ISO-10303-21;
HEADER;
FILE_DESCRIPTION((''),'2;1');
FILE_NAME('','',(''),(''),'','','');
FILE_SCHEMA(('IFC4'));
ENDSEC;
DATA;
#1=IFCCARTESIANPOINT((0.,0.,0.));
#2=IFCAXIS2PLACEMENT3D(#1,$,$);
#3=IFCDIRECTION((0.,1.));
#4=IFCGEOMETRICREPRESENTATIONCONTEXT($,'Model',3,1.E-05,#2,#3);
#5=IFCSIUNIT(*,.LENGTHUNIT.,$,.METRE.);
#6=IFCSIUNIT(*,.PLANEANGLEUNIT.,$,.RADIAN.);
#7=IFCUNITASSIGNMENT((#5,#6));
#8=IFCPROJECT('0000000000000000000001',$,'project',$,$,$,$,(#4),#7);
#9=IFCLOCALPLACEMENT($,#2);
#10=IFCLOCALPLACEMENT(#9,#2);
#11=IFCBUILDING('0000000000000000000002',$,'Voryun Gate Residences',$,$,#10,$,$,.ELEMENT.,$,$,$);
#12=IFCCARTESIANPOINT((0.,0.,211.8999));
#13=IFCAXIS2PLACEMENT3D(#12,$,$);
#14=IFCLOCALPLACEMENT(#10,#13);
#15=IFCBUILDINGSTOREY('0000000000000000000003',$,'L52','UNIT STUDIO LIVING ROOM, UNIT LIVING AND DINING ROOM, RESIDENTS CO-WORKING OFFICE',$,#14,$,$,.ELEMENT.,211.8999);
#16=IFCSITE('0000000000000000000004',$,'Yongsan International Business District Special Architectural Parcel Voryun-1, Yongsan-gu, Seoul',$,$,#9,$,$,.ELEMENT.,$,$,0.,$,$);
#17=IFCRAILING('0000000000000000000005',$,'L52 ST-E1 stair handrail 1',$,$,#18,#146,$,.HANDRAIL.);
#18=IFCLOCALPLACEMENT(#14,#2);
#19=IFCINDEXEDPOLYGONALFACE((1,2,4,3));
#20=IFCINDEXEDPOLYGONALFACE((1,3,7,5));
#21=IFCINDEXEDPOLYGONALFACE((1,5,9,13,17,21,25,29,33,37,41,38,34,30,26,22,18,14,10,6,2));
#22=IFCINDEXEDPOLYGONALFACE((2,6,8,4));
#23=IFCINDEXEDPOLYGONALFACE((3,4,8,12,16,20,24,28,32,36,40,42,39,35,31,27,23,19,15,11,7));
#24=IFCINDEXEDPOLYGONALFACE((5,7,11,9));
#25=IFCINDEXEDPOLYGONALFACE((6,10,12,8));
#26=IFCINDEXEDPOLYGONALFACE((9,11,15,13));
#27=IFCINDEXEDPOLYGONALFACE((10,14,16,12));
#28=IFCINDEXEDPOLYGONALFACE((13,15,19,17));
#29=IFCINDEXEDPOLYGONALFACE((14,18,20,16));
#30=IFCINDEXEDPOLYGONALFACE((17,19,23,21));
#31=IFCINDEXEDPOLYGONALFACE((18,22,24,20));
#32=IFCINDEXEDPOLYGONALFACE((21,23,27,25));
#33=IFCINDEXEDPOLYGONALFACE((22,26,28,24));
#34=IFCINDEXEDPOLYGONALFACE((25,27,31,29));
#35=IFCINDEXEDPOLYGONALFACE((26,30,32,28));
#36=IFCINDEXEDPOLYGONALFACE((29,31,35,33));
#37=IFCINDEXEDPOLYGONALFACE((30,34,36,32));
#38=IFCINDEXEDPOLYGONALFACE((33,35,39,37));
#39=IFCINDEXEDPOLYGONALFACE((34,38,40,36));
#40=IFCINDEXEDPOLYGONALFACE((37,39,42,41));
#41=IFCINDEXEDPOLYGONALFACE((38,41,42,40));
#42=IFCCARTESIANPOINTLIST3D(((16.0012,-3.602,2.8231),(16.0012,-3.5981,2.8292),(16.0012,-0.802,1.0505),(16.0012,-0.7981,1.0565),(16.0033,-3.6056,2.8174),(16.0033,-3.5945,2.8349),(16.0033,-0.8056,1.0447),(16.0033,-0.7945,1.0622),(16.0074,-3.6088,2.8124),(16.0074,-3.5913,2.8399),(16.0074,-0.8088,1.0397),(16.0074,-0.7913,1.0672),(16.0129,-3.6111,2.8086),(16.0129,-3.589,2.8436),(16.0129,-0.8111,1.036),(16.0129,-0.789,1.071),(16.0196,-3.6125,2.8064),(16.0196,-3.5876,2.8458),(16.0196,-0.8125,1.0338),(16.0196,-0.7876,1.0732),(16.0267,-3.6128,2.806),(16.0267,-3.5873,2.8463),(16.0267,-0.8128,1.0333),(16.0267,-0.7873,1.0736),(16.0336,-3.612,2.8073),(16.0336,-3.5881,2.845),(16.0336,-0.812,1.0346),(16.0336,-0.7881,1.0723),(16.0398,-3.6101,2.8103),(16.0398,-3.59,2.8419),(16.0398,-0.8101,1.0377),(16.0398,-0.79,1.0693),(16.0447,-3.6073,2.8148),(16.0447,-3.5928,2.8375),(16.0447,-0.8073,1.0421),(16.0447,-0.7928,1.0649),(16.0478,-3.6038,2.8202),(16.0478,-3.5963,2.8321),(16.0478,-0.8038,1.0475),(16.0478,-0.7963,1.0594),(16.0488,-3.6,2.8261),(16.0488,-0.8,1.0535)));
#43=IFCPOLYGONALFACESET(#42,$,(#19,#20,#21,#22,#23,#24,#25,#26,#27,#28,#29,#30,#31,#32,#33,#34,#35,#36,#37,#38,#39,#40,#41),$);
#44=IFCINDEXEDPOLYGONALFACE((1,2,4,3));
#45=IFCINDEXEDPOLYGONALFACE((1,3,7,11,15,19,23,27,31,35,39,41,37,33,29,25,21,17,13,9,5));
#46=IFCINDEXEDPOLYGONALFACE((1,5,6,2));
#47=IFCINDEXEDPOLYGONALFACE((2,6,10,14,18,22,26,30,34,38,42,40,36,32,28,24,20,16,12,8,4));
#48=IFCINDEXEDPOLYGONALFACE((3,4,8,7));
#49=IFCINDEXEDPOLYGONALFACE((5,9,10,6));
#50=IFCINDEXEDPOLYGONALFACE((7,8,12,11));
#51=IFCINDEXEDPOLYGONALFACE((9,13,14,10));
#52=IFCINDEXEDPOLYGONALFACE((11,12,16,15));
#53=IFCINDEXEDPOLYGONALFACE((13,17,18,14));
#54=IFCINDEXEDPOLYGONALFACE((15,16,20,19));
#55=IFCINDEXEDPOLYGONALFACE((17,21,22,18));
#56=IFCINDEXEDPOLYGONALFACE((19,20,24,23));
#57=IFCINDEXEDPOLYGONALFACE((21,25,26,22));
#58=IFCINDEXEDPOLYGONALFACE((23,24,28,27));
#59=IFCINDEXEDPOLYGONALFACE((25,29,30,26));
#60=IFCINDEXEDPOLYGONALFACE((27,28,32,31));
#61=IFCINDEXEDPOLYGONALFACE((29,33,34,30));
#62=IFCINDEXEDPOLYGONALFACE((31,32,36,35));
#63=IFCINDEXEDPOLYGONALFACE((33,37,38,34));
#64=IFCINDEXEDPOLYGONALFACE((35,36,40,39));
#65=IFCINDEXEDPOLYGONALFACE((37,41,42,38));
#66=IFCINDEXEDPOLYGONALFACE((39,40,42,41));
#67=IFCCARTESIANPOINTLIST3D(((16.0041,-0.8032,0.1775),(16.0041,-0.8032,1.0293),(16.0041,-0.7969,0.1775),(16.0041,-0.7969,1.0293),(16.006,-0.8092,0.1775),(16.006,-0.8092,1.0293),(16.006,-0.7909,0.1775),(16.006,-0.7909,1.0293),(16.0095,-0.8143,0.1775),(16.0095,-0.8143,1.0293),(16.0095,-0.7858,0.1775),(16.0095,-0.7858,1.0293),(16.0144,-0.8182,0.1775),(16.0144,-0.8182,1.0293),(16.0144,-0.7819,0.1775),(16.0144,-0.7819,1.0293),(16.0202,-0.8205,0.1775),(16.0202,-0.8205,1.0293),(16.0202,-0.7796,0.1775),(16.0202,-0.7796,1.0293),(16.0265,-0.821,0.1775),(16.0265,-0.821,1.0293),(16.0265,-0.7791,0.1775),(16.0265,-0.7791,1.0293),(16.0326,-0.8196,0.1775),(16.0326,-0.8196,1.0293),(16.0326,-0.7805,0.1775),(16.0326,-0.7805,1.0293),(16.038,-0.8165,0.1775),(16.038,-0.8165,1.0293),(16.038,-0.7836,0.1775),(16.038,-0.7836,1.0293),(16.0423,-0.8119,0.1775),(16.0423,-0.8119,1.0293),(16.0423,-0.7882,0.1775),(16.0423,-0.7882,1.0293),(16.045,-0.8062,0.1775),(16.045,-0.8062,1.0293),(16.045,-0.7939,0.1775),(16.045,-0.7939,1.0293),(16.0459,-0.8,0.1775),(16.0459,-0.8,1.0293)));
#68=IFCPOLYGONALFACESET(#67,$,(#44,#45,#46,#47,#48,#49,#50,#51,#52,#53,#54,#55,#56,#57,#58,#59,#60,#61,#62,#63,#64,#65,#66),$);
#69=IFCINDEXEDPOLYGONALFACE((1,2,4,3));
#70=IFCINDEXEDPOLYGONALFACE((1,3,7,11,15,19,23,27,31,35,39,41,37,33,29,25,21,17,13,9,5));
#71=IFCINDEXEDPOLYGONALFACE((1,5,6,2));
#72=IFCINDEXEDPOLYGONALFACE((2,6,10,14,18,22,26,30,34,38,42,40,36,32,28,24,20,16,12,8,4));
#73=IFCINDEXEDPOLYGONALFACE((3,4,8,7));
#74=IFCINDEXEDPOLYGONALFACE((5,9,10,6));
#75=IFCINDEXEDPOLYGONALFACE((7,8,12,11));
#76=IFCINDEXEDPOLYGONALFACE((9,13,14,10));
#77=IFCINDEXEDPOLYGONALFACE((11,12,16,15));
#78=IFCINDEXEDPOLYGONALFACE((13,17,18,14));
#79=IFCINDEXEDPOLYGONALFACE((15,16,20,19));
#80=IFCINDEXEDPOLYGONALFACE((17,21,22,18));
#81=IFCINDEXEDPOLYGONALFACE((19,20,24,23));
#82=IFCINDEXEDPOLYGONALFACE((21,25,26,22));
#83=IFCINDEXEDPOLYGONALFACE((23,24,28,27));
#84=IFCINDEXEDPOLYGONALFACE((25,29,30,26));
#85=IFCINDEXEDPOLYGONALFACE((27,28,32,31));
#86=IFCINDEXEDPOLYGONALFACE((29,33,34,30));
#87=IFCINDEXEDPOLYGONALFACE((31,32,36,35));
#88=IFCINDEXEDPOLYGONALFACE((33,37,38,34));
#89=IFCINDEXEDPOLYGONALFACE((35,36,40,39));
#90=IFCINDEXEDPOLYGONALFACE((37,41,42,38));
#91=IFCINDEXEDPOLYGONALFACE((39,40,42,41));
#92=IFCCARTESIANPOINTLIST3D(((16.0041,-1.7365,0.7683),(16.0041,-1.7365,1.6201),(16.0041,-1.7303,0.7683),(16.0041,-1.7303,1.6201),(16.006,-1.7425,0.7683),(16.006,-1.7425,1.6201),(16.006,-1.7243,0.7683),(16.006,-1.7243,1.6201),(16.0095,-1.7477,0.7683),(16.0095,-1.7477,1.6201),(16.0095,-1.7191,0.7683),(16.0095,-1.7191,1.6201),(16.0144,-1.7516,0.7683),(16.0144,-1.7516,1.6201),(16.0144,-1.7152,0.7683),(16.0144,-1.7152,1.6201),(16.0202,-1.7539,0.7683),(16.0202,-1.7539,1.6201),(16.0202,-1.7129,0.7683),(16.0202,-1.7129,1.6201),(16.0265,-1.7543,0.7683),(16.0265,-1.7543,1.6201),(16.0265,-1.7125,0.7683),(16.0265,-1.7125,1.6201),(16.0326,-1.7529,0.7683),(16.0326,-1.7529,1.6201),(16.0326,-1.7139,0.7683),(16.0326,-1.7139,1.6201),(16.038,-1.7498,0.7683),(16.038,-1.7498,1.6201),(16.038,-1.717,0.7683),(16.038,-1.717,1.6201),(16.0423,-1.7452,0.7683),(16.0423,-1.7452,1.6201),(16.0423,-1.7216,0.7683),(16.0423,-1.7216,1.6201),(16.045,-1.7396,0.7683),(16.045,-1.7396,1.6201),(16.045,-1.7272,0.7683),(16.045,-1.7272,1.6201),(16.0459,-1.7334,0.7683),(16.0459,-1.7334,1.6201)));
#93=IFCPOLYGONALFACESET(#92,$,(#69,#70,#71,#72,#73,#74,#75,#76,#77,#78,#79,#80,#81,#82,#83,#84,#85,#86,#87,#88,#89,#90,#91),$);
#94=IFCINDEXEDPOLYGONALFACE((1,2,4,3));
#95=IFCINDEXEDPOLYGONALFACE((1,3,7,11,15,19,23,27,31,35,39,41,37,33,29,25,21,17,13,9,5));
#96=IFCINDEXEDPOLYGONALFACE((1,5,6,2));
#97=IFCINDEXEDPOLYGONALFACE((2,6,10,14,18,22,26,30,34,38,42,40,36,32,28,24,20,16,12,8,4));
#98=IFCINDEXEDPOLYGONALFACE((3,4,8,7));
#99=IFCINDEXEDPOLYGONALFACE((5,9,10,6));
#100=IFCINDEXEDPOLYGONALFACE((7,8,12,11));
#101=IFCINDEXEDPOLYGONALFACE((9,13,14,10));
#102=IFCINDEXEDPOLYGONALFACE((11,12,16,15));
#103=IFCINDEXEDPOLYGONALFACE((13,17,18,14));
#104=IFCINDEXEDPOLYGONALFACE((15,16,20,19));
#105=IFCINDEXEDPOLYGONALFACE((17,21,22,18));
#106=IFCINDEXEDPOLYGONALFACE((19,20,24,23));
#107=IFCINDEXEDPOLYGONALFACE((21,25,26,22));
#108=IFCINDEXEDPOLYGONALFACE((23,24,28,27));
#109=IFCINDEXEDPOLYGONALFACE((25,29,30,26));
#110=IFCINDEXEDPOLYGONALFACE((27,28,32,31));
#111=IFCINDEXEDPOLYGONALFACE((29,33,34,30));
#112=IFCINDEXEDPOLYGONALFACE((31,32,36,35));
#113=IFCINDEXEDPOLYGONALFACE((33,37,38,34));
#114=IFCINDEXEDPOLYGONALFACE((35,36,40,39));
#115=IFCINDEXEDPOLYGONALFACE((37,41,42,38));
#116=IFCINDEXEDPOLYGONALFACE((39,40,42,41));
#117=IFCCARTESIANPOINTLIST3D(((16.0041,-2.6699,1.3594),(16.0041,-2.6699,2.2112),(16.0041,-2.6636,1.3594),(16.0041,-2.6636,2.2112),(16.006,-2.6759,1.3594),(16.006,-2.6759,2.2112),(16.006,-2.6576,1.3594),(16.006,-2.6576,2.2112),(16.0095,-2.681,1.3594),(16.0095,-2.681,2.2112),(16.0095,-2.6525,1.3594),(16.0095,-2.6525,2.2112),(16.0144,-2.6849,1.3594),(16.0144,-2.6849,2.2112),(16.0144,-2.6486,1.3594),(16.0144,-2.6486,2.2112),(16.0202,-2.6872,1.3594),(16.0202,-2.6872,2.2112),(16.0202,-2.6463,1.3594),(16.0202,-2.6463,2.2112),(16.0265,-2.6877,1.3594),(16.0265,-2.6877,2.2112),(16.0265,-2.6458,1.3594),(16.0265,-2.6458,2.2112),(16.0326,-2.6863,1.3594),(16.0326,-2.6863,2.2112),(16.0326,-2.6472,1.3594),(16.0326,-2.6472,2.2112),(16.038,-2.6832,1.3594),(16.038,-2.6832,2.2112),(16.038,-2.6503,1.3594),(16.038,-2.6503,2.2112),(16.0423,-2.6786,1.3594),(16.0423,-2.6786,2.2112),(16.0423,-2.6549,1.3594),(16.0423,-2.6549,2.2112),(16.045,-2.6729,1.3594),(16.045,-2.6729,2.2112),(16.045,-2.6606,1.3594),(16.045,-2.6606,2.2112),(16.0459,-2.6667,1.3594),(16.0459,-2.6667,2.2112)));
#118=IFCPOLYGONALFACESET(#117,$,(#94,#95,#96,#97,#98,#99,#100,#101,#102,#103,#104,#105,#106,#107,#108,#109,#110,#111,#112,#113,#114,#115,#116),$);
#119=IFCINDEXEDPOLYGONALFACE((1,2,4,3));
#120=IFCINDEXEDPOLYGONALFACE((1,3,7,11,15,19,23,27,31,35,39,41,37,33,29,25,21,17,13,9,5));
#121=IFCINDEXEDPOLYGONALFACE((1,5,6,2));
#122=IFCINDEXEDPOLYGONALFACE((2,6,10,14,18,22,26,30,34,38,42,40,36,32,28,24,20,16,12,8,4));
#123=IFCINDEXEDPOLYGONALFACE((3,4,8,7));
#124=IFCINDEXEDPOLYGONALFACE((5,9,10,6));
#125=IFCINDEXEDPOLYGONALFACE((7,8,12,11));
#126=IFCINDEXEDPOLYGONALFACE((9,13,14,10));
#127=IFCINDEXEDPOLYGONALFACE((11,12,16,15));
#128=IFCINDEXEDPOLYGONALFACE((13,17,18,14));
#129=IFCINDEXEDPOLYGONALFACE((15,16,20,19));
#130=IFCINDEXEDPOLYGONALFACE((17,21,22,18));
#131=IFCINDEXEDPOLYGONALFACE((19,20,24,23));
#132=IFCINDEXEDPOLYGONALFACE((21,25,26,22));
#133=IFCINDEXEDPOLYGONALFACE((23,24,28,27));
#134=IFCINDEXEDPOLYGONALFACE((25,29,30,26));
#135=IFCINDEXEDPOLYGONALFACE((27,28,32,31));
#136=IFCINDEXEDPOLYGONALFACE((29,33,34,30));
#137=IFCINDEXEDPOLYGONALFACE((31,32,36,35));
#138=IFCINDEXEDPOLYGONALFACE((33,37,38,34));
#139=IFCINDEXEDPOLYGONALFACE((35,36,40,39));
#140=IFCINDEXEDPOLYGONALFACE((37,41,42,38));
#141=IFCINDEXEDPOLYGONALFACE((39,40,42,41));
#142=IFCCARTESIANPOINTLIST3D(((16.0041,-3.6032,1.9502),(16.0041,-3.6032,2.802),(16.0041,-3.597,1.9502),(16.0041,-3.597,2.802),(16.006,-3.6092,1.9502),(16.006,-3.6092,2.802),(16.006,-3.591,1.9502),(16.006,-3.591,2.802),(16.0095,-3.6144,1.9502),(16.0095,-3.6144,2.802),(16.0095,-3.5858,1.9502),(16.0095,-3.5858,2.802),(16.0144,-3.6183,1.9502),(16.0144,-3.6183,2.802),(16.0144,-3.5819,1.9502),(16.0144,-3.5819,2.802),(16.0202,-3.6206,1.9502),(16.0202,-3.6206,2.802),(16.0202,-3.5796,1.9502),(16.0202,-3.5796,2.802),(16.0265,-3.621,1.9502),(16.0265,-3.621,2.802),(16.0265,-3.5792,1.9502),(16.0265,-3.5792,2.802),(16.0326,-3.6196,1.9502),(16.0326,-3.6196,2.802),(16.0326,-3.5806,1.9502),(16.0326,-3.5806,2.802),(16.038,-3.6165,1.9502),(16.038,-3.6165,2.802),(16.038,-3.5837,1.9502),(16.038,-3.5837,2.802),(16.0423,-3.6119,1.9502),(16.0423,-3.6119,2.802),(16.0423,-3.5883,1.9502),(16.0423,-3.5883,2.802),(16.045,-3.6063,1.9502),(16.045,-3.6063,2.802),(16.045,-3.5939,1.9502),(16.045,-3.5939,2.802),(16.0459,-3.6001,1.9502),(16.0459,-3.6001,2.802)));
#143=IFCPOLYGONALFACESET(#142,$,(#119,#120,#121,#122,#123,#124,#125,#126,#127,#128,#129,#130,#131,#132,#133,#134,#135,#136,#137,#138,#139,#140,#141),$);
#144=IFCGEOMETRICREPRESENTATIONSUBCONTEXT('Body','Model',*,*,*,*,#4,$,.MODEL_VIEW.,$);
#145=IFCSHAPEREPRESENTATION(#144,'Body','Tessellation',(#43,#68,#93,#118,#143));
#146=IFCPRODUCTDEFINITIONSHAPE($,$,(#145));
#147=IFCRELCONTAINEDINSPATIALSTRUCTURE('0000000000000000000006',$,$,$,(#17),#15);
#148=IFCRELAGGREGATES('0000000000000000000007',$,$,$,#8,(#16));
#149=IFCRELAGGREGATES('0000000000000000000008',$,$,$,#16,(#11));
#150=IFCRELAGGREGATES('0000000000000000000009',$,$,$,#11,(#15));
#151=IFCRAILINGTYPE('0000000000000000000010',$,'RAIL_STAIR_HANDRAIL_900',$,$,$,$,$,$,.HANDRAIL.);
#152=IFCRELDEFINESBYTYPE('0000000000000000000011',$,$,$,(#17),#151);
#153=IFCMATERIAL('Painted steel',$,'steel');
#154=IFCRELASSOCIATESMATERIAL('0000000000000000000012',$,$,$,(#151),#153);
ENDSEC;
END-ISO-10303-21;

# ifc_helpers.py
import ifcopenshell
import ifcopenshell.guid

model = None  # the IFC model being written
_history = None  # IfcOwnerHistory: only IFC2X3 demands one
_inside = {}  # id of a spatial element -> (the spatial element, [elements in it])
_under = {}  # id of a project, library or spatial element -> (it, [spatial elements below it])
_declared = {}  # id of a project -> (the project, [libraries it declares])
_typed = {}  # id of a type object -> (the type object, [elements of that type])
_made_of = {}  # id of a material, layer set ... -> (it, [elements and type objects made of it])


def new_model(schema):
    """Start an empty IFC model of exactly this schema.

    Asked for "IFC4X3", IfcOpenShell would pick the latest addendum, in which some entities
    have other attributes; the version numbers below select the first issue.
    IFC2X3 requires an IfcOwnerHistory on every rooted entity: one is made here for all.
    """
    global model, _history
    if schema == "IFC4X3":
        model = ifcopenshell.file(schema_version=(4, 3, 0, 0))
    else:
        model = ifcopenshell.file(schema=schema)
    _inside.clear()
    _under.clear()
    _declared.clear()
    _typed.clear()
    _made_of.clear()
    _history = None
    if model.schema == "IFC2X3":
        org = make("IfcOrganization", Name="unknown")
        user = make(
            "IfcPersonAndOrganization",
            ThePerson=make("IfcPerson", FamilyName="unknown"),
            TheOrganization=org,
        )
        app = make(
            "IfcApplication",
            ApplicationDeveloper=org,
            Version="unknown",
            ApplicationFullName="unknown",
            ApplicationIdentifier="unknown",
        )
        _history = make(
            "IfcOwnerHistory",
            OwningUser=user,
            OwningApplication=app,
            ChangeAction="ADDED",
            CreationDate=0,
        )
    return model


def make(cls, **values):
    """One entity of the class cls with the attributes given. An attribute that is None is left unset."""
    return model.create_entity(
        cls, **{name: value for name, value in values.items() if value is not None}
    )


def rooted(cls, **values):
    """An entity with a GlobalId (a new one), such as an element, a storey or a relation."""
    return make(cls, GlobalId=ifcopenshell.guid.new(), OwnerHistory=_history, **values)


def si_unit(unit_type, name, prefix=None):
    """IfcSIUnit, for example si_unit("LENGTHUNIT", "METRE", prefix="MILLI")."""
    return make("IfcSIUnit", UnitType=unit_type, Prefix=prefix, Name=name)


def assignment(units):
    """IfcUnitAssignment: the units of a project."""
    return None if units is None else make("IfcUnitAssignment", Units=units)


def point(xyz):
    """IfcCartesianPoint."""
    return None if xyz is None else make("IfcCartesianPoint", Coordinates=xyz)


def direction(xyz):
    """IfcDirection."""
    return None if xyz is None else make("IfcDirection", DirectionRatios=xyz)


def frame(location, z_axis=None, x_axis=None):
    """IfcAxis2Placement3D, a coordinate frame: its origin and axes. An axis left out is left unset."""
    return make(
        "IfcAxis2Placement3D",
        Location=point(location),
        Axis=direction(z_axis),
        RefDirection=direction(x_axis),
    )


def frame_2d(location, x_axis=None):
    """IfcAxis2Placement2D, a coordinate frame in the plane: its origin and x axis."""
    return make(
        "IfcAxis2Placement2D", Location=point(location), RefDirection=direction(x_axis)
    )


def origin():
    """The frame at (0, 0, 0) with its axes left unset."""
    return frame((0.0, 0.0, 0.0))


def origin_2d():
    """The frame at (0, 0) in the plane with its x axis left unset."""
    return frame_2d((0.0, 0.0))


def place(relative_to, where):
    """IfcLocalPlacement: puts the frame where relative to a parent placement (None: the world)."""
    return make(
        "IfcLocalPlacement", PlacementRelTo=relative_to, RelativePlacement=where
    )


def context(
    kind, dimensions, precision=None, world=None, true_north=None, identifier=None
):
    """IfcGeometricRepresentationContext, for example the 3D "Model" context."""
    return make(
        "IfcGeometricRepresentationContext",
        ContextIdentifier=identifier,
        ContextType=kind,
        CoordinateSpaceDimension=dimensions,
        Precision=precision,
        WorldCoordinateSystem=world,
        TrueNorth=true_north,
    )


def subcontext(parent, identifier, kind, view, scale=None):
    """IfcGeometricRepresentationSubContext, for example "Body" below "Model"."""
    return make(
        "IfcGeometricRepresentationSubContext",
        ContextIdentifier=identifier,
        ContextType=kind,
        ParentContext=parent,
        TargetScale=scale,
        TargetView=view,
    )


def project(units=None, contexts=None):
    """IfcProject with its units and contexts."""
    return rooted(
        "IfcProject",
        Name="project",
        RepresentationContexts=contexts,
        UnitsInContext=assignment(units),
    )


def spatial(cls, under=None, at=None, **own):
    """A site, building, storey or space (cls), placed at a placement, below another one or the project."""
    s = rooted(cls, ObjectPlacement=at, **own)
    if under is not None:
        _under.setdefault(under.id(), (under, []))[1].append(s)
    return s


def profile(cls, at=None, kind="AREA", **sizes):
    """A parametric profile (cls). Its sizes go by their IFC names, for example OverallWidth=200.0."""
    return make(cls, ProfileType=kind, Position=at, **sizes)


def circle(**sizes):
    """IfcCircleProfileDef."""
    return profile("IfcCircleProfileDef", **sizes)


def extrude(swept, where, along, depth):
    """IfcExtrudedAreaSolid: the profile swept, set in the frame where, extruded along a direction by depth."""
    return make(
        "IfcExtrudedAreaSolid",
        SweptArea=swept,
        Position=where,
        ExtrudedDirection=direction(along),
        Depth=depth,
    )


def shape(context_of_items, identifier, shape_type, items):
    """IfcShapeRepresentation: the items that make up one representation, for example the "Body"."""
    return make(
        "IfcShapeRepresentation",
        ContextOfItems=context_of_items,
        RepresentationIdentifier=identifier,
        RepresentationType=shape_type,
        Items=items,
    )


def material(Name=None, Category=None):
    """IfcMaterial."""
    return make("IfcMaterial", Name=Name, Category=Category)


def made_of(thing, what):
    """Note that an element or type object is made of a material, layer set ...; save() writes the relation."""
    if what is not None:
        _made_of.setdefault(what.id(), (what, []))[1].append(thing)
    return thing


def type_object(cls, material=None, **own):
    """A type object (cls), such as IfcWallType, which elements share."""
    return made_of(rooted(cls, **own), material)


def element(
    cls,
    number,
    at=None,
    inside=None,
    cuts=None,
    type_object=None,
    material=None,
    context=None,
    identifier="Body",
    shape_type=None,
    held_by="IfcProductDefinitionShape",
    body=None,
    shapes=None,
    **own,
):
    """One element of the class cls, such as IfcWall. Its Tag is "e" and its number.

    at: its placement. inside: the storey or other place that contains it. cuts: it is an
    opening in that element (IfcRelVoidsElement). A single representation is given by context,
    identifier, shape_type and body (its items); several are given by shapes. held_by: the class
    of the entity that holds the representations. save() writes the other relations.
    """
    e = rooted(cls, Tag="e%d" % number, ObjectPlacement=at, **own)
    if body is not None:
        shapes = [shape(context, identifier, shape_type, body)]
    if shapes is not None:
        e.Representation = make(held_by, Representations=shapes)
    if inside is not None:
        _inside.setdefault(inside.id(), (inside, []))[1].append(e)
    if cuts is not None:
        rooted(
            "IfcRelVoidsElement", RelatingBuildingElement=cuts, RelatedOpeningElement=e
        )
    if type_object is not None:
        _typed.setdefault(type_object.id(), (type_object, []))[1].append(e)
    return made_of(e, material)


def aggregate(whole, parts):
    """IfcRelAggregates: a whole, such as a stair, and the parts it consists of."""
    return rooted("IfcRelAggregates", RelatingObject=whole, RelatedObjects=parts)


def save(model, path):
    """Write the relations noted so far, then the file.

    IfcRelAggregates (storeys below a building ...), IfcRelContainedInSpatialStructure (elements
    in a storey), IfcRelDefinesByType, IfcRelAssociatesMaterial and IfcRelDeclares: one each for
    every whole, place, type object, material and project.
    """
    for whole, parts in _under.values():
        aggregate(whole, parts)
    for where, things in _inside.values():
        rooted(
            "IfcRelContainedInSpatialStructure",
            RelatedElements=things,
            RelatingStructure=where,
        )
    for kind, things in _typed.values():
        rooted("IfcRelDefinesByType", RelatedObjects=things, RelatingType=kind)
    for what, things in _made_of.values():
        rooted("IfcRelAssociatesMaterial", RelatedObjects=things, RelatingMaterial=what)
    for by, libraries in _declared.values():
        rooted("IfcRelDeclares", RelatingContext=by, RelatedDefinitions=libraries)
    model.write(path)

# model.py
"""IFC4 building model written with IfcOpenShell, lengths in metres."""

from ifc_helpers import new_model, si_unit, direction, frame, origin, origin_2d, place, context, subcontext, project, spatial, circle, extrude, material, type_object, element, save


model = new_model("IFC4")

# Units and contexts
model_context = context("Model", 3, precision=1e-05, world=origin(), true_north=direction((0.0, 1.0)))
body_context = subcontext(model_context, "Body", "Model", "MODEL_VIEW")
ifc_project = project(units=[si_unit("LENGTHUNIT", "METRE"), si_unit("PLANEANGLEUNIT", "RADIAN")], contexts=[model_context])

# Site, building, storey
site_placement = place(None, origin())
site = spatial("IfcSite", under=ifc_project, at=site_placement, Name="Yongsan International Business District Special Architectural Parcel Voryun-1, Yongsan-gu, Seoul", CompositionType="ELEMENT", RefElevation=0.0)
building_placement = place(site_placement, origin())
building = spatial("IfcBuilding", under=site, at=building_placement, Name="Voryun Gate Residences", CompositionType="ELEMENT")
storey_placement = place(building_placement, frame((0.0, 0.0, 211.8999)))
storey = spatial("IfcBuildingStorey", under=building, at=storey_placement, Name="L52", Description="UNIT STUDIO LIVING ROOM, UNIT LIVING AND DINING ROOM, RESIDENTS CO-WORKING OFFICE", CompositionType="ELEMENT", Elevation=211.8999)

# Railing
ifc_material_1 = material(Name="Painted steel", Category="steel")
railing_type_1 = type_object("IfcRailingType", Name="RAIL_STAIR_HANDRAIL_900", PredefinedType="HANDRAIL", material=ifc_material_1)
railing_1_placement = place(storey_placement, frame((16.0249, -0.8, 0.1775)))
element("IfcRailing", 1, at=railing_1_placement, inside=storey, type_object=railing_type_1, Name="L52 ST-E1 stair handrail 1", PredefinedType="HANDRAIL", context=body_context, shape_type="SweptSolid", body=[
    extrude(circle(Radius=0.0239, at=origin_2d()), frame((0.0, 0.0, 0.876), z_axis=(0.0, -0.844909, 0.53491), x_axis=(1.0, 0.0, 0.0)), (0.0, 0.0, 1.0), 3.314),
    extrude(circle(Radius=0.021, at=origin_2d()), origin(), (0.0, 0.0, 1.0), 0.8518),
    extrude(circle(Radius=0.021, at=origin_2d()), frame((0.0, -0.9333, 0.5908)), (0.0, 0.0, 1.0), 0.8518),
    extrude(circle(Radius=0.021, at=origin_2d()), frame((0.0, -1.8667, 1.1819)), (0.0, 0.0, 1.0), 0.8518),
    extrude(circle(Radius=0.021, at=origin_2d()), frame((0.0, -2.8, 1.7727)), (0.0, 0.0, 1.0), 0.8518),
])

save(model, "model.ifc")
